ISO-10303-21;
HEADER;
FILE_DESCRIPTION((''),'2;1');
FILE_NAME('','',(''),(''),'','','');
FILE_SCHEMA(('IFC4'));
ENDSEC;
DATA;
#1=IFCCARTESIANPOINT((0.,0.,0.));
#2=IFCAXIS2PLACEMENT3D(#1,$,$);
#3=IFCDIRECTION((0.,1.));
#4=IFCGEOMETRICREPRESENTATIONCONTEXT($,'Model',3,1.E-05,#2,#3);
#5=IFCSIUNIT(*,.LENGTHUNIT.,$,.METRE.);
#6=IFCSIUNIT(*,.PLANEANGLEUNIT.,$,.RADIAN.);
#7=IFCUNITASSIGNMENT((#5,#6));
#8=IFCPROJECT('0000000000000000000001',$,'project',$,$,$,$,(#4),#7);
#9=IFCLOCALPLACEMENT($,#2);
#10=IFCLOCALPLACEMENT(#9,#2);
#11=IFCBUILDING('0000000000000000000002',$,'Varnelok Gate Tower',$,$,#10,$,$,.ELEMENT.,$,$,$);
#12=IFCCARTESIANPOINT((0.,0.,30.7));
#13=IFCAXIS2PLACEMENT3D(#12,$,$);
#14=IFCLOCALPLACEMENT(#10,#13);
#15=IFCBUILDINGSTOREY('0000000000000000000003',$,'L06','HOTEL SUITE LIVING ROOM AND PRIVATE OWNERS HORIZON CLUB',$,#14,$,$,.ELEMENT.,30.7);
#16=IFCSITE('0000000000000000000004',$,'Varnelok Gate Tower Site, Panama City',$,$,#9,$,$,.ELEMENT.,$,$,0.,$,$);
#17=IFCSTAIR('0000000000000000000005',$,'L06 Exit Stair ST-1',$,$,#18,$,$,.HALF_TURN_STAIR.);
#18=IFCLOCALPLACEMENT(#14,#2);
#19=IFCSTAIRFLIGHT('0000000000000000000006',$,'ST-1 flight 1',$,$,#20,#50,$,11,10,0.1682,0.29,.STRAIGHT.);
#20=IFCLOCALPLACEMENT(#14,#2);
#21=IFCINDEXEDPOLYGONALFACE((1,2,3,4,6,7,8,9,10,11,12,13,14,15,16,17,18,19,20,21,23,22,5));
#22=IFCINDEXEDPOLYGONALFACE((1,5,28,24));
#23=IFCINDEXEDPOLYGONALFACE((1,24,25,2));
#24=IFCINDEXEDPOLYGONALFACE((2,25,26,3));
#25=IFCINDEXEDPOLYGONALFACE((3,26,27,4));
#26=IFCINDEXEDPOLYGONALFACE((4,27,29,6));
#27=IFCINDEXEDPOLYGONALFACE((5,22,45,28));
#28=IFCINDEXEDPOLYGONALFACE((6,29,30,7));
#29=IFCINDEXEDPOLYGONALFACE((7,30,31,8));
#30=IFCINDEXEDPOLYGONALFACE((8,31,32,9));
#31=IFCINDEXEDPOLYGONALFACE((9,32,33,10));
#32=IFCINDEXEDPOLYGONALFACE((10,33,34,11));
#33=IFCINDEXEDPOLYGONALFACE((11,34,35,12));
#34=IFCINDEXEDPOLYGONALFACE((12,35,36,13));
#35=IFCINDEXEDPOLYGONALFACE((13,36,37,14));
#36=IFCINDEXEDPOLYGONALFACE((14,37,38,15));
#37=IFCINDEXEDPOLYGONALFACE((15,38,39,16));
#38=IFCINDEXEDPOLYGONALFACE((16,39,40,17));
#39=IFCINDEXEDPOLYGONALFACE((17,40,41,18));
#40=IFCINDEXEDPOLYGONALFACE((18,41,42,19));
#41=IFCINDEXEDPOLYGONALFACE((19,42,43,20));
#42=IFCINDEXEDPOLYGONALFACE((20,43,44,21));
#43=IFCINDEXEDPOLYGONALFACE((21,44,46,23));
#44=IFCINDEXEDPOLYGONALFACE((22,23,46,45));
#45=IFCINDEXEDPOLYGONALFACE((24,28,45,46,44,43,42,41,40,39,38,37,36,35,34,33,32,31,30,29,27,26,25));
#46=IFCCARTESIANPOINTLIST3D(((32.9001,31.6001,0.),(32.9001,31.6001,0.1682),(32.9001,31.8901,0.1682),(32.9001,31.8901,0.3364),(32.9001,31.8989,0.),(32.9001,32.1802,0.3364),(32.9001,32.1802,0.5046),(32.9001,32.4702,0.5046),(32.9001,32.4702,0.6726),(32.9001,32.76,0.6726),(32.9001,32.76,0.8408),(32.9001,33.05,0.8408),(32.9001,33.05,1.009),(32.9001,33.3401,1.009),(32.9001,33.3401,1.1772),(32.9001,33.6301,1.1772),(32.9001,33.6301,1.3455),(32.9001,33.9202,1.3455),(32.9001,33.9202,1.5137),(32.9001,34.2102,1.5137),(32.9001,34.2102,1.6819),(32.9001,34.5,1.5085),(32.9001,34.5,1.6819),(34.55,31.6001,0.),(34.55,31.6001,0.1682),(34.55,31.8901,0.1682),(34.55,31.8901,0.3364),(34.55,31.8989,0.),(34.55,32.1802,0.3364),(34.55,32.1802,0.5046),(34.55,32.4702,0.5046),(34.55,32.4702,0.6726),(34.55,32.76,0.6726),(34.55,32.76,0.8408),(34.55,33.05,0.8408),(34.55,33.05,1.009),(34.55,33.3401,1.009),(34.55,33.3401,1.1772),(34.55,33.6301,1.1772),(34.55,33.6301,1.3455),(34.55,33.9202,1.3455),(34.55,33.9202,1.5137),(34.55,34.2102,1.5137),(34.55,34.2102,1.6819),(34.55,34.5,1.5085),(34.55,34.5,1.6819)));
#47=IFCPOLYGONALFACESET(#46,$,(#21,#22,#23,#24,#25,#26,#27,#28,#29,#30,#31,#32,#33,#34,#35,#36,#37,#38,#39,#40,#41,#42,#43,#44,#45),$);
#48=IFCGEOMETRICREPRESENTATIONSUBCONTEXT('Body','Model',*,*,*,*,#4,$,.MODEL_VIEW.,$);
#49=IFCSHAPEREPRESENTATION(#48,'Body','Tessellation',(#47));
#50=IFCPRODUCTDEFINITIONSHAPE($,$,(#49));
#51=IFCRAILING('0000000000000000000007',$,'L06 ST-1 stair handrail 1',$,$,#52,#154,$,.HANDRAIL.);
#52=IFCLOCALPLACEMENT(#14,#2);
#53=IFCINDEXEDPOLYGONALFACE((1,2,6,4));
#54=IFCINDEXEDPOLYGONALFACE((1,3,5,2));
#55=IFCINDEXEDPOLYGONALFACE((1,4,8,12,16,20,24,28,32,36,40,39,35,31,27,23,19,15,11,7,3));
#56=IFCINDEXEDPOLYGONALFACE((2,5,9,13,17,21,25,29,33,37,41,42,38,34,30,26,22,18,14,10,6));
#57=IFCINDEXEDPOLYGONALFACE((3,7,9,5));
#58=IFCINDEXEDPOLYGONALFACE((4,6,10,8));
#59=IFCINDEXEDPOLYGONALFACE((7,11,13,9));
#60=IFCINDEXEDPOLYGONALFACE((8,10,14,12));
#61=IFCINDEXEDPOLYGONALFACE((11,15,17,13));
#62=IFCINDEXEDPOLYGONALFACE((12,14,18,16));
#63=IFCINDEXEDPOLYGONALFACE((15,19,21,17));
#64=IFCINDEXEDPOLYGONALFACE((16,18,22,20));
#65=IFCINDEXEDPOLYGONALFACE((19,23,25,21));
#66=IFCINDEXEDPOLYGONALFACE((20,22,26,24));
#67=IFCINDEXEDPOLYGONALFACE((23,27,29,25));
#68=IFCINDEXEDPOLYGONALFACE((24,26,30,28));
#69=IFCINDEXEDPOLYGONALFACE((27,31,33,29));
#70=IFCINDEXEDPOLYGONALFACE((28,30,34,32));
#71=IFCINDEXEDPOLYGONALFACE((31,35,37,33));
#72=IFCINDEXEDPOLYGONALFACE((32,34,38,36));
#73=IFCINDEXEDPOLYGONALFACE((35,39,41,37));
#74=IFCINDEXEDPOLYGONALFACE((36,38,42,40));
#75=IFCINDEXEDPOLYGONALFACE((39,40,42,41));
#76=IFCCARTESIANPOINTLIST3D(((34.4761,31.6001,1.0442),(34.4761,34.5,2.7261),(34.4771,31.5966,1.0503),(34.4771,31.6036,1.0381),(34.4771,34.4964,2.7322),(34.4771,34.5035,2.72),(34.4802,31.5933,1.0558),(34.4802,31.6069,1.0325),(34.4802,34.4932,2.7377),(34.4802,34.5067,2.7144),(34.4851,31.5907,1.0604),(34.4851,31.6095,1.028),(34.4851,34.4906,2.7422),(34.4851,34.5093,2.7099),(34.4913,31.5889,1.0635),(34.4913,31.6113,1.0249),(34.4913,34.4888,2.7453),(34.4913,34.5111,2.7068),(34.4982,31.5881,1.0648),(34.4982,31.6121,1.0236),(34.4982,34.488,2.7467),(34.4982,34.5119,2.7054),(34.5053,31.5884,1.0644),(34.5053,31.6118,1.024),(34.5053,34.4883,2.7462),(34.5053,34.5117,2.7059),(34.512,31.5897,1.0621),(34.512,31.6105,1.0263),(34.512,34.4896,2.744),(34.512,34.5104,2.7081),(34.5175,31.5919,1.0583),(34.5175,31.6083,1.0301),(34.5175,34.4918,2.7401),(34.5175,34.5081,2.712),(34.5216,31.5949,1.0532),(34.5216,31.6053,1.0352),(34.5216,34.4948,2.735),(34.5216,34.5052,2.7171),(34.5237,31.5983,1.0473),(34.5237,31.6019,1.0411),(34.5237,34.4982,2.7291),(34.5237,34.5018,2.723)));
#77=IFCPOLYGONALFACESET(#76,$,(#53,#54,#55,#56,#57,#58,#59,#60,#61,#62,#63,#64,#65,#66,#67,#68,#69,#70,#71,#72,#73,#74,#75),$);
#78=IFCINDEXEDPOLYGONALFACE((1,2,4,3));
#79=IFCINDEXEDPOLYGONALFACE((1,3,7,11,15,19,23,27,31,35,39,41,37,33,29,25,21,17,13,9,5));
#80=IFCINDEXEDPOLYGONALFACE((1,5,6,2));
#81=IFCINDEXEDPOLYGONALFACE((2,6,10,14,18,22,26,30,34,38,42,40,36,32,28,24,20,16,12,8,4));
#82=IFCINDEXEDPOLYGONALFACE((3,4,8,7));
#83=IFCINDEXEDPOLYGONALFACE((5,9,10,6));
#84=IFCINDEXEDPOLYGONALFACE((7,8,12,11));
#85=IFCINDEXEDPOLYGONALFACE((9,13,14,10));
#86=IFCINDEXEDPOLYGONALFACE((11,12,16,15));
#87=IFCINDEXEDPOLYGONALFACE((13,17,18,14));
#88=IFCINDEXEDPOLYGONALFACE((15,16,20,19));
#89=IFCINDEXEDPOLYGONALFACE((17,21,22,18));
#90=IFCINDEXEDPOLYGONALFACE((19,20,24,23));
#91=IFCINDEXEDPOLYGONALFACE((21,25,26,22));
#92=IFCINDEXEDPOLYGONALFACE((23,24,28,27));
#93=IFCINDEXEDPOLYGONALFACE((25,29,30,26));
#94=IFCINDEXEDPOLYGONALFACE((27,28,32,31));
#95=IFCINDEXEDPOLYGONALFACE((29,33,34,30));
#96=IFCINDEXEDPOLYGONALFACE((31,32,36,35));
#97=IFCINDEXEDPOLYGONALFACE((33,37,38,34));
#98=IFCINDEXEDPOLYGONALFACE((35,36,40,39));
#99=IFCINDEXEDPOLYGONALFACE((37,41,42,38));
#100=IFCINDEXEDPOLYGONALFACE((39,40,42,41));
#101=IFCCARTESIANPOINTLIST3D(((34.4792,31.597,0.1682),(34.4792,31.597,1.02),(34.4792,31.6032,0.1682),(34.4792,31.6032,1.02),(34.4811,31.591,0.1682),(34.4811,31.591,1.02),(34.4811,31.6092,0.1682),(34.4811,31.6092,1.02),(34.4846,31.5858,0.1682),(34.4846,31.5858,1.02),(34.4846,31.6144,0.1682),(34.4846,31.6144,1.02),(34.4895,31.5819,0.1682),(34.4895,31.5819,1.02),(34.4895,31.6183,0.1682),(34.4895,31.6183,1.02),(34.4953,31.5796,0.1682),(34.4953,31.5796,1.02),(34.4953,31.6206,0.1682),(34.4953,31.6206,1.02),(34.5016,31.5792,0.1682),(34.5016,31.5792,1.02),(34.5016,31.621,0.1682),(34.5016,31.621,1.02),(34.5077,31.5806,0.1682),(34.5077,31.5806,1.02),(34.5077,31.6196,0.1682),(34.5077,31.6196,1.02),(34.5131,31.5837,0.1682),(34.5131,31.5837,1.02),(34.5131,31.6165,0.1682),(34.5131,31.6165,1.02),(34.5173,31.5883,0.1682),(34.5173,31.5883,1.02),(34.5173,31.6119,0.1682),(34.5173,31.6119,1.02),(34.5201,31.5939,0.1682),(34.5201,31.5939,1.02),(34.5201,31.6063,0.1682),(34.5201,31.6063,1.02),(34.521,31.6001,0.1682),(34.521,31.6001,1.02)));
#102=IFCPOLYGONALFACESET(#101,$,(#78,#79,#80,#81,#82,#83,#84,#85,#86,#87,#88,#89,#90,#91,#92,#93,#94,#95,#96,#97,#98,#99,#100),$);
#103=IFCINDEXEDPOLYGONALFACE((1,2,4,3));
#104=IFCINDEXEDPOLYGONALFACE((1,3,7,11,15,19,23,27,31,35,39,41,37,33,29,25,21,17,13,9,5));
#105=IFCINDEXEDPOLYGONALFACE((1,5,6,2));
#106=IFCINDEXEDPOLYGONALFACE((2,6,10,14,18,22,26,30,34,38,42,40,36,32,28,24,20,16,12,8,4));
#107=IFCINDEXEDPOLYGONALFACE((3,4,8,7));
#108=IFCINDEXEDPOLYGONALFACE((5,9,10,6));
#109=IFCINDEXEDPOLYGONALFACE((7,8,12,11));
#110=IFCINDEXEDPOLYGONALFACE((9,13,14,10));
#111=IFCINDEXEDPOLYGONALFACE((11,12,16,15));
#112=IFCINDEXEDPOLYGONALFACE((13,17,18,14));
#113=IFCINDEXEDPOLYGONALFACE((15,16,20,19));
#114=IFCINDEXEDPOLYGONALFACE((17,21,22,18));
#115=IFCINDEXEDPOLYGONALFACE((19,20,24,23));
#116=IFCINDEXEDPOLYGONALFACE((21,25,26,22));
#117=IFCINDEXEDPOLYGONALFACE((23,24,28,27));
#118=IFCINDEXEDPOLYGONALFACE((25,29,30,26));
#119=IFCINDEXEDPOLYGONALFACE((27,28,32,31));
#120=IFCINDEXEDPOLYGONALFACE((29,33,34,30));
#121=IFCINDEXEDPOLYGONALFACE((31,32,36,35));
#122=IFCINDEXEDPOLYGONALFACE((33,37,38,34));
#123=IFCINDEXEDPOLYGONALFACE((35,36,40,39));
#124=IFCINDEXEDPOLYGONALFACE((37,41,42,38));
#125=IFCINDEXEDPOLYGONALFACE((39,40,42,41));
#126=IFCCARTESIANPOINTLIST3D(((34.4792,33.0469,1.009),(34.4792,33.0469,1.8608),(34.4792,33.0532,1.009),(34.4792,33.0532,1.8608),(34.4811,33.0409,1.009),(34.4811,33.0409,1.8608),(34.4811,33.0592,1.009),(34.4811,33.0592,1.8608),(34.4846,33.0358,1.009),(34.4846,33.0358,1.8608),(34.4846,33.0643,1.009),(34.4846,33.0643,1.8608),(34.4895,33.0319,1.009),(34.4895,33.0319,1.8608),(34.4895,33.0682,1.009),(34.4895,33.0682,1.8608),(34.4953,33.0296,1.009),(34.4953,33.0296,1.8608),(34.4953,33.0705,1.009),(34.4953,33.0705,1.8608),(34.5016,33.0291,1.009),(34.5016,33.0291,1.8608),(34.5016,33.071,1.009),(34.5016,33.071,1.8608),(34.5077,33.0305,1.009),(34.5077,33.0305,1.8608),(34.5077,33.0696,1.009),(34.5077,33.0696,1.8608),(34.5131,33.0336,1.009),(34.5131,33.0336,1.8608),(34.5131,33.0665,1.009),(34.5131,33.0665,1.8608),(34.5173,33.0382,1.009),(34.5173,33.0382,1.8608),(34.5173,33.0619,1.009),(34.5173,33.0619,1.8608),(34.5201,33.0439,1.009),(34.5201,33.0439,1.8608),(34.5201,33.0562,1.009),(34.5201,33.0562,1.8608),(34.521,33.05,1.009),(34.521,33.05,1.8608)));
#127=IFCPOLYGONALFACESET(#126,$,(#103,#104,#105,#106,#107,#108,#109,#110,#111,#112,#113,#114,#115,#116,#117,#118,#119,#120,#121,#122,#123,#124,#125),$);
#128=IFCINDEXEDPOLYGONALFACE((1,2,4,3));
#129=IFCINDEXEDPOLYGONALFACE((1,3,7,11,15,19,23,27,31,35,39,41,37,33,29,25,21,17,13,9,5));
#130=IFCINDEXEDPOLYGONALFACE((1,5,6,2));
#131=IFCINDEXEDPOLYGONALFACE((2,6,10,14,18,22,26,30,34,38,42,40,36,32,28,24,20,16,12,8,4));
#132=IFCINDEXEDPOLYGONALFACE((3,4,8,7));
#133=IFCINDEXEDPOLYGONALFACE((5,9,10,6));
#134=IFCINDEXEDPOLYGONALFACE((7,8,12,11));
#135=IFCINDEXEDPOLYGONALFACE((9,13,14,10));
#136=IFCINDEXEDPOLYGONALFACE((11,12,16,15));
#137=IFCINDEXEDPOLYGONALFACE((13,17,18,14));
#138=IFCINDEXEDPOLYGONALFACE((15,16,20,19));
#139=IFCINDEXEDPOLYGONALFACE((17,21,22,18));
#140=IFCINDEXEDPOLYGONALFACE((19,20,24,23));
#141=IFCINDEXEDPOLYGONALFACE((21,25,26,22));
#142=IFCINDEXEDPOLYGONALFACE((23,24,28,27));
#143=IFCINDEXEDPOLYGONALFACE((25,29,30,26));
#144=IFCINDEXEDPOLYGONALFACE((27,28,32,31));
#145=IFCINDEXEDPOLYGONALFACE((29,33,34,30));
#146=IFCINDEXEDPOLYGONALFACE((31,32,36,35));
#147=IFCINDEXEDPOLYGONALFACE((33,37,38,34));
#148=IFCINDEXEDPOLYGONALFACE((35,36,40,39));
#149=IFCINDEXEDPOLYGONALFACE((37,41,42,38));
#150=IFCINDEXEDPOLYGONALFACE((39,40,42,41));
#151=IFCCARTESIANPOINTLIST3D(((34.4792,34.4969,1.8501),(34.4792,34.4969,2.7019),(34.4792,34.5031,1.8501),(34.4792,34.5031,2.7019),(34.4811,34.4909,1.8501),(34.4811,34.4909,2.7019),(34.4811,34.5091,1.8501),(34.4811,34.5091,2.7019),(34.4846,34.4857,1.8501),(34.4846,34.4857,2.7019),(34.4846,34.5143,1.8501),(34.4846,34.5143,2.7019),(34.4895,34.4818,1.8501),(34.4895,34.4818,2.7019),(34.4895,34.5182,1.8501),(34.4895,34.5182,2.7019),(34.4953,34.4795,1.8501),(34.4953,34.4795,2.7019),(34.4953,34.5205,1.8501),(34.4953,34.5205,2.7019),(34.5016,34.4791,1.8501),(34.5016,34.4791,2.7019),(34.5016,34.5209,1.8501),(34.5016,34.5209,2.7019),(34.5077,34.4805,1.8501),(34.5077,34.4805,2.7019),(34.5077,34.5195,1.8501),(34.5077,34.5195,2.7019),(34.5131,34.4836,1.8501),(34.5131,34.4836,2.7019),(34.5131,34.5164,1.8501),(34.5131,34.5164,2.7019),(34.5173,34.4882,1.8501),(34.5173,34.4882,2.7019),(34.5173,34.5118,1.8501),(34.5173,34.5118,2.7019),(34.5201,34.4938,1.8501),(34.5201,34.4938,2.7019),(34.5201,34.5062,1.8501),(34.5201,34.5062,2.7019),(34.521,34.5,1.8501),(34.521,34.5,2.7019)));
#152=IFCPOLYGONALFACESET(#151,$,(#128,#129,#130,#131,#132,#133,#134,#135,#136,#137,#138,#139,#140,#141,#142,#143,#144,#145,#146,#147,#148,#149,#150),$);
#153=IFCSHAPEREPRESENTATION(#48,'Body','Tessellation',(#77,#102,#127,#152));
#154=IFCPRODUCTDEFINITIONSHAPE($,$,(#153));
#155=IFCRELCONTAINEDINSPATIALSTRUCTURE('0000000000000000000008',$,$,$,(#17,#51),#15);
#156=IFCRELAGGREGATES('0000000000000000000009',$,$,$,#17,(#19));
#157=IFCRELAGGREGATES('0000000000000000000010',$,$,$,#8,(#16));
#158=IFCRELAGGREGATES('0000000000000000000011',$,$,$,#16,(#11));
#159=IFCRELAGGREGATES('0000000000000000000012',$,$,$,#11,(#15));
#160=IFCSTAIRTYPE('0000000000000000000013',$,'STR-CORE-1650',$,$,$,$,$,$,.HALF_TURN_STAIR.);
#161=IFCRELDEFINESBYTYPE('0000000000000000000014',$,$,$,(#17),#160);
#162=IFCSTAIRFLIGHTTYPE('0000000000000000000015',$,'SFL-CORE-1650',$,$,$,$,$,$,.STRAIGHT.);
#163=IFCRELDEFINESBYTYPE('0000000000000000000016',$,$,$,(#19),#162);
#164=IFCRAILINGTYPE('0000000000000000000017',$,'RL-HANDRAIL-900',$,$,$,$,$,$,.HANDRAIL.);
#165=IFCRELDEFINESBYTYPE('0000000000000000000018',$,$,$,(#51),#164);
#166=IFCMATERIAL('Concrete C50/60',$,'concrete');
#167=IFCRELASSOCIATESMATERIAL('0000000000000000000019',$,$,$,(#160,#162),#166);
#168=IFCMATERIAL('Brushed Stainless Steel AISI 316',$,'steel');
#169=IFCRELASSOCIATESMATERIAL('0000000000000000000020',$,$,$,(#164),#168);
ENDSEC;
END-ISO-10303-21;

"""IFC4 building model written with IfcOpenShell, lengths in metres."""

from ifc_helpers import new_model, si_unit, direction, frame, origin, origin_2d, place, context, subcontext, project, spatial, polyline, circle, outline, extrude, material, type_object, element, aggregate, save


model = new_model("IFC4")

# Units and contexts
model_context = context("Model", 3, precision=1e-05, world=origin(), true_north=direction((0.0, 1.0)))
body_context = subcontext(model_context, "Body", "Model", "MODEL_VIEW")
ifc_project = project(units=[si_unit("LENGTHUNIT", "METRE"), si_unit("PLANEANGLEUNIT", "RADIAN")], contexts=[model_context])

# Site, building, storey
site_placement = place(None, origin())
site = spatial("IfcSite", under=ifc_project, at=site_placement, Name="Varnelok Gate Tower Site, Panama City", CompositionType="ELEMENT", RefElevation=0.0)
building_placement = place(site_placement, origin())
building = spatial("IfcBuilding", under=site, at=building_placement, Name="Varnelok Gate Tower", CompositionType="ELEMENT")
storey_placement = place(building_placement, frame((0.0, 0.0, 30.7)))
storey = spatial("IfcBuildingStorey", under=building, at=storey_placement, Name="L06", Description="HOTEL SUITE LIVING ROOM AND PRIVATE OWNERS HORIZON CLUB", CompositionType="ELEMENT", Elevation=30.7)

# Stair, stair flight
ifc_material_1 = material(Name="Concrete C50/60", Category="concrete")
stair_type = type_object("IfcStairType", Name="STR-CORE-1650", PredefinedType="HALF_TURN_STAIR", material=ifc_material_1)
stair_placement = place(storey_placement, origin())
stair = element("IfcStair", 1, at=stair_placement, inside=storey, type_object=stair_type, Name="L06 Exit Stair ST-1", PredefinedType="HALF_TURN_STAIR")
stair_flight_type = type_object("IfcStairFlightType", Name="SFL-CORE-1650", PredefinedType="STRAIGHT", material=ifc_material_1)
stair_flight_placement = place(storey_placement, frame((33.7251, 31.6001, 0.0), z_axis=(0.0, 0.0, 1.0), x_axis=(0.0, 1.0, 0.0)))
stair_flight = element("IfcStairFlight", 2, at=stair_flight_placement, type_object=stair_flight_type, Name="ST-1 flight 1", NumberOfRisers=11, NumberOfTreads=10, PredefinedType="STRAIGHT", RiserHeight=0.1682, TreadLength=0.29, context=body_context, shape_type="SweptSolid", body=[
    extrude(outline(polyline([(0.0, 0.0), (0.0, 0.1682), (0.29, 0.1682), (0.29, 0.3364), (0.5801, 0.3364), (0.5801, 0.5046), (0.8701, 0.5046), (0.8701, 0.6726), (1.1599, 0.6726), (1.1599, 0.8408), (1.45, 0.8408), (1.45, 1.009), (1.74, 1.009), (1.74, 1.1772), (2.03, 1.1772), (2.03, 1.3455), (2.3201, 1.3455), (2.3201, 1.5137), (2.6101, 1.5137), (2.6101, 1.6819), (2.8999, 1.6819), (2.8999, 1.8501), (2.8999, 1.5085), (0.2988, 0.0), (0.0, 0.0)])), frame((0.0, 0.825, 0.0), z_axis=(0.0, -1.0, 0.0), x_axis=(1.0, 0.0, 0.0)), (0.0, 0.0, 1.0), 1.6499),
])
aggregate(stair, [stair_flight])

# Railing
ifc_material_2 = material(Name="Brushed Stainless Steel AISI 316", Category="steel")
railing_type_1 = type_object("IfcRailingType", Name="RL-HANDRAIL-900", PredefinedType="HANDRAIL", material=ifc_material_2)
railing_1_placement = place(storey_placement, frame((34.5, 31.6001, 0.1682)))
element("IfcRailing", 3, at=railing_1_placement, inside=storey, type_object=railing_type_1, Name="L06 ST-1 stair handrail 1", PredefinedType="HANDRAIL", context=body_context, shape_type="SweptSolid", body=[
    extrude(circle(Radius=0.0239, at=origin_2d()), frame((0.0, 0.0, 0.876), z_axis=(0.0, 0.865039, 0.501705), x_axis=(-1.0, 0.0, 0.0)), (0.0, 0.0, 1.0), 3.3523),
    extrude(circle(Radius=0.021, at=origin_2d()), origin(), (0.0, 0.0, 1.0), 0.8518),
    extrude(circle(Radius=0.021, at=origin_2d()), frame((0.0, 1.45, 0.8408)), (0.0, 0.0, 1.0), 0.8518),
    extrude(circle(Radius=0.021, at=origin_2d()), frame((0.0, 2.8999, 1.6819)), (0.0, 0.0, 1.0), 0.8518),
])

save(model, "model.ifc")
